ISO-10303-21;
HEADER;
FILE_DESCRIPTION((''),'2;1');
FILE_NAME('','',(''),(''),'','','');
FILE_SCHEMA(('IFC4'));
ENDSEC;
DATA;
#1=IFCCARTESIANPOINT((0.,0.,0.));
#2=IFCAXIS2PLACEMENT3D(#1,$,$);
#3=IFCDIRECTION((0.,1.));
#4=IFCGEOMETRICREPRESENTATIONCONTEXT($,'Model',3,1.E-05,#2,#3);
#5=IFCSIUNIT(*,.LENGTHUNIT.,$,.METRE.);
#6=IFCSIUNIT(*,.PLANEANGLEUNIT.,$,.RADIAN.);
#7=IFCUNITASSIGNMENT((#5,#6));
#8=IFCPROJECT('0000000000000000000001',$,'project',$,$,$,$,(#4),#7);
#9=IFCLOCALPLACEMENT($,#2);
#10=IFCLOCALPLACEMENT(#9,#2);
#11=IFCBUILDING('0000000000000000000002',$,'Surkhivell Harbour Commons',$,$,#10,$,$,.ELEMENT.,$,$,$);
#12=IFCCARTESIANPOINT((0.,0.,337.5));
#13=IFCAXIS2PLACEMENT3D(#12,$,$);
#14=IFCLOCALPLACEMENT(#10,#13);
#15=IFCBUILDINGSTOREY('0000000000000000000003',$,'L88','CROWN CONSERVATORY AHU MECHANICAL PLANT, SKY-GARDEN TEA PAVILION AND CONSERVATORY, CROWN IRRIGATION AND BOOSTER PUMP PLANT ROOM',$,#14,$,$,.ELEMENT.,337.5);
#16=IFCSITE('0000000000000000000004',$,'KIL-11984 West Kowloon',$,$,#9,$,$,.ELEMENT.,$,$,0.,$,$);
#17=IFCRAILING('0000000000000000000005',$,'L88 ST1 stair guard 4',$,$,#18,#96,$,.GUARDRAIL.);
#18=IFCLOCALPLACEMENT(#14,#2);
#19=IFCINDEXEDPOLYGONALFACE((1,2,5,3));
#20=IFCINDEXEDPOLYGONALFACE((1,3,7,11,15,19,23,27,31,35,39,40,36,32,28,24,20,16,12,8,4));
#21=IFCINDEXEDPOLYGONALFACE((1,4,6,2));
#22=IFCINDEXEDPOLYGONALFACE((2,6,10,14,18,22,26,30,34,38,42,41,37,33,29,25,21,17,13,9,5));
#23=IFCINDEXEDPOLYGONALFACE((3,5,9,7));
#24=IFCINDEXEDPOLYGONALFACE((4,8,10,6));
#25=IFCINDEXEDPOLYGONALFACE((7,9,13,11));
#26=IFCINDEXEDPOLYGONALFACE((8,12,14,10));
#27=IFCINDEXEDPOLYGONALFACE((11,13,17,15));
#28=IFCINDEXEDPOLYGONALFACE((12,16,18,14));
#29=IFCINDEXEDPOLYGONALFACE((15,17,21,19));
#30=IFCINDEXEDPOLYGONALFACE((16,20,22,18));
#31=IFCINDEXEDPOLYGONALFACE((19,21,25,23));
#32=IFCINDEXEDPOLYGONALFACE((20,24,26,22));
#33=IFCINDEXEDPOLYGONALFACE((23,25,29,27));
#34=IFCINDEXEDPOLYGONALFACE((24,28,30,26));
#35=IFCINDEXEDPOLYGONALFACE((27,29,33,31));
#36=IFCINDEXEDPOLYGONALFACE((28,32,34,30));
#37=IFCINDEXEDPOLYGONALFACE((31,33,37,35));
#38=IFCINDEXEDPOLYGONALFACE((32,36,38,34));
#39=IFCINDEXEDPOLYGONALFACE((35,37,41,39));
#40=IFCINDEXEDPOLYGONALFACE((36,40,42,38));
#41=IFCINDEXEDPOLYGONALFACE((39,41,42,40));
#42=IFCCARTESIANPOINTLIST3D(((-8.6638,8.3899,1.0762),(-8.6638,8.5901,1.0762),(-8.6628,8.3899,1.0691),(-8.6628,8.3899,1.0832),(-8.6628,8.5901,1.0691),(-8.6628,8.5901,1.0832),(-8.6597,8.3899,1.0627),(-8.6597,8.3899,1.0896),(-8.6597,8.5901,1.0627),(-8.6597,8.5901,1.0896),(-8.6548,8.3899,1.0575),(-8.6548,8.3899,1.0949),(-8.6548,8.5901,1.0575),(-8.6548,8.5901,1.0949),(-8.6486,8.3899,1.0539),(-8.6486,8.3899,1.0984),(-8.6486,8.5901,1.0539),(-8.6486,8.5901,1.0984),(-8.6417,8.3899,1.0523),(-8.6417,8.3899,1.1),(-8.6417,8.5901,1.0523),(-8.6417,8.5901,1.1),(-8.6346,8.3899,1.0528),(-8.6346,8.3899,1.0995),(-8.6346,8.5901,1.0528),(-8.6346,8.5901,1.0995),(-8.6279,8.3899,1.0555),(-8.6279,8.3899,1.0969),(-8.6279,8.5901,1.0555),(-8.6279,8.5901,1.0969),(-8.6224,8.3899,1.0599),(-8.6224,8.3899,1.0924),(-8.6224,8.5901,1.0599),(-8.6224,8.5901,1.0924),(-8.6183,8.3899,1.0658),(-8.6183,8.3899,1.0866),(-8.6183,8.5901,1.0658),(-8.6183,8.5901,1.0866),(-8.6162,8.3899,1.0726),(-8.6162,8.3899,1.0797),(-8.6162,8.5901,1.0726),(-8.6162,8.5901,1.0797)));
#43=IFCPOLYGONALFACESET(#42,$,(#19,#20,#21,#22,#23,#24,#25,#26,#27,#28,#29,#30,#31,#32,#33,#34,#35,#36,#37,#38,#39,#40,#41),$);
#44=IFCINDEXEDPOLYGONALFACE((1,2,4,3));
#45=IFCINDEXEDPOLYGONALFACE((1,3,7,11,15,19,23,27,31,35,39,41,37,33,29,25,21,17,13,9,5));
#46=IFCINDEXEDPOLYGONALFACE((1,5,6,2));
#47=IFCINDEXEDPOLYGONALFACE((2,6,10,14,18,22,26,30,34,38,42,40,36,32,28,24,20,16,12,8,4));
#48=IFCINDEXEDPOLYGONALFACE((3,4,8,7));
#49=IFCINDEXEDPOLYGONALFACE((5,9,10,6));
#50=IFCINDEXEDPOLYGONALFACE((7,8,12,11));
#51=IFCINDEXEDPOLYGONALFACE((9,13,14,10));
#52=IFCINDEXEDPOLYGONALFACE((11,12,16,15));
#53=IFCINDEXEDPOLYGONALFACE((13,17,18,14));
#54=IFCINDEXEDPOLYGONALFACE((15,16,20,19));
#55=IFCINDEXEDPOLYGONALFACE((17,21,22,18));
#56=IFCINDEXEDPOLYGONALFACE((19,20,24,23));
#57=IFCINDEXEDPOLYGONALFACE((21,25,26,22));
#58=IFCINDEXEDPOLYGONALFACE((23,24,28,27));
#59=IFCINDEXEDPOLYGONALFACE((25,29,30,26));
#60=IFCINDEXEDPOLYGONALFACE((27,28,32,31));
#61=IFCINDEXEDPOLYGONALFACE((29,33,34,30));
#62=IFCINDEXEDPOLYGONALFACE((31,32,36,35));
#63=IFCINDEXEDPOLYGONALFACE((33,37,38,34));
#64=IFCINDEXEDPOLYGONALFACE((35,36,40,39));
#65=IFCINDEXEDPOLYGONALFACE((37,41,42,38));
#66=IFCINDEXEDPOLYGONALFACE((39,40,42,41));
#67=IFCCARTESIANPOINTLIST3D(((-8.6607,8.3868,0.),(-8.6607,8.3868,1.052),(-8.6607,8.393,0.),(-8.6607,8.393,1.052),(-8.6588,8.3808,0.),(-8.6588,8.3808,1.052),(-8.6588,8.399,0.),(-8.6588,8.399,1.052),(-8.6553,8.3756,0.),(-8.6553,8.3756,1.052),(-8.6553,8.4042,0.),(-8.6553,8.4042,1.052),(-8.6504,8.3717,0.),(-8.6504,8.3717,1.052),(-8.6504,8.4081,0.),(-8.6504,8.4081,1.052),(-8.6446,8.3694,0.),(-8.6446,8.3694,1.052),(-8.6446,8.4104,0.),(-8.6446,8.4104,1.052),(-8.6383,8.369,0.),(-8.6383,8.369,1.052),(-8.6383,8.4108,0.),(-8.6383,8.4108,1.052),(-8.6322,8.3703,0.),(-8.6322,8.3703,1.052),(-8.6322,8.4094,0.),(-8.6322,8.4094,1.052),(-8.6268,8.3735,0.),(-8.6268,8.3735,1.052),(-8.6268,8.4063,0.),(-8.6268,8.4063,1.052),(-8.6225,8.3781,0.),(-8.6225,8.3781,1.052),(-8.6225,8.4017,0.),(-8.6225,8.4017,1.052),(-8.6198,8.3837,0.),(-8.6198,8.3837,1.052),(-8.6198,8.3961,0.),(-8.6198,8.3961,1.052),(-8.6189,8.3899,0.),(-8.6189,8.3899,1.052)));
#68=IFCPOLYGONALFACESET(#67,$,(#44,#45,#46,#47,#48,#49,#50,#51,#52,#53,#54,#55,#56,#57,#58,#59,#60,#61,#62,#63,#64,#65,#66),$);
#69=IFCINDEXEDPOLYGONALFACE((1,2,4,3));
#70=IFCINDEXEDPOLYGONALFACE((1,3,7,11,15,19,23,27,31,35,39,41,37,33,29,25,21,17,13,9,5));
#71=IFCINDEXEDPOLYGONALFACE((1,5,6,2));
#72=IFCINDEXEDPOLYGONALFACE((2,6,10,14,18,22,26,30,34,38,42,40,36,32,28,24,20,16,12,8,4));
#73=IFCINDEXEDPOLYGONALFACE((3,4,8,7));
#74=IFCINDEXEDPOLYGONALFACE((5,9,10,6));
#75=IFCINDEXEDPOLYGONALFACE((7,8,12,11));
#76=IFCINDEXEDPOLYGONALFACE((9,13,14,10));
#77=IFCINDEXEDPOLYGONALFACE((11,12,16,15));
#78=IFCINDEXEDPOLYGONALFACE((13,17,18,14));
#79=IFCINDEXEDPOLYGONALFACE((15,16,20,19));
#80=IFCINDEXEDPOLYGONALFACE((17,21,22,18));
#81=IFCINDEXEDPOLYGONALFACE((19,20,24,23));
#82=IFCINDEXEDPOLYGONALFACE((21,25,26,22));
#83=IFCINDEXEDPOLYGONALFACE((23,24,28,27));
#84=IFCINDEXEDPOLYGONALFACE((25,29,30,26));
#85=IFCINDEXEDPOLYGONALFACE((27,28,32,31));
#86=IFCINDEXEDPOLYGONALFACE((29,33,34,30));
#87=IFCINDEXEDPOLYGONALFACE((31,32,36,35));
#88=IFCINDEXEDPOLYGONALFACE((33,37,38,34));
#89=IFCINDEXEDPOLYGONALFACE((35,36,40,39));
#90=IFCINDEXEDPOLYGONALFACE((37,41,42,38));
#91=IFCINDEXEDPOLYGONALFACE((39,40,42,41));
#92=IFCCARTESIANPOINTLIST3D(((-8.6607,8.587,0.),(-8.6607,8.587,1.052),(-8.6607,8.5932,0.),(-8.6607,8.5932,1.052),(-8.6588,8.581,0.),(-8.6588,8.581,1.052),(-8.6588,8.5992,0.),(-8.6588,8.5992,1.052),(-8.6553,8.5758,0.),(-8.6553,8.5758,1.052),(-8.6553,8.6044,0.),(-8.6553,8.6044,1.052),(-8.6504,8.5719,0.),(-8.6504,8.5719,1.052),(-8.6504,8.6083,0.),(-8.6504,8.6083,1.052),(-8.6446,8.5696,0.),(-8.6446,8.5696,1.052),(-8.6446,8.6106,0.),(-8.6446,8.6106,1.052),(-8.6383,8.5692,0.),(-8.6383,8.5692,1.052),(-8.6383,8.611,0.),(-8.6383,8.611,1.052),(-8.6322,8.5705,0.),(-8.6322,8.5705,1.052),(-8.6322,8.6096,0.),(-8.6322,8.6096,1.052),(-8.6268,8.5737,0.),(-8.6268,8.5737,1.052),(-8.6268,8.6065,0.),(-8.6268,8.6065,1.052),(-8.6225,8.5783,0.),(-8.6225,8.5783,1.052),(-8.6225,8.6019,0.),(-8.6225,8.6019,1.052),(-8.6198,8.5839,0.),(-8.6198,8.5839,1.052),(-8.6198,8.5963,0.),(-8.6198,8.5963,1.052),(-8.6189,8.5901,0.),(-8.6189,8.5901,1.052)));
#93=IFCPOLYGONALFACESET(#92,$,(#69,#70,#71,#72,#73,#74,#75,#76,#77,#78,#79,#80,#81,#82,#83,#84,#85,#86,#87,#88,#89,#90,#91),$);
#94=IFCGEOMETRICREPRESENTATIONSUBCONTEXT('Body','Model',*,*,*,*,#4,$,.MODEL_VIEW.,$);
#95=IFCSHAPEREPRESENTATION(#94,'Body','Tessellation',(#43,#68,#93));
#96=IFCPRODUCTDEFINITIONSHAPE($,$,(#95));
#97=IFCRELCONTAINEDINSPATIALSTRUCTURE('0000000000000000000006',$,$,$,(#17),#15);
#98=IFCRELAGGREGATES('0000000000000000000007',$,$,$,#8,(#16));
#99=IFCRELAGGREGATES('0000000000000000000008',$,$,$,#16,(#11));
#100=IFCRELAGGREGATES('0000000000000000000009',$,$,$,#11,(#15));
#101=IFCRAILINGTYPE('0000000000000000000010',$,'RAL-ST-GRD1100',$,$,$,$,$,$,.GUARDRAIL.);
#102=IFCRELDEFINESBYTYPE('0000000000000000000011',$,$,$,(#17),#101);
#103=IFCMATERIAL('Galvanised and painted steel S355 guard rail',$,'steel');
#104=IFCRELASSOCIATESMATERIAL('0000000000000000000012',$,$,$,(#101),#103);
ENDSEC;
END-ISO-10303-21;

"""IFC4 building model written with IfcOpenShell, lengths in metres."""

from ifc_helpers import new_model, si_unit, direction, frame, origin, origin_2d, place, context, subcontext, project, spatial, circle, extrude, material, type_object, element, save


model = new_model("IFC4")

# Units and contexts
model_context = context("Model", 3, precision=1e-05, world=origin(), true_north=direction((0.0, 1.0)))
body_context = subcontext(model_context, "Body", "Model", "MODEL_VIEW")
ifc_project = project(units=[si_unit("LENGTHUNIT", "METRE"), si_unit("PLANEANGLEUNIT", "RADIAN")], contexts=[model_context])

# Site, building, storey
site_placement = place(None, origin())
site = spatial("IfcSite", under=ifc_project, at=site_placement, Name="KIL-11984 West Kowloon", CompositionType="ELEMENT", RefElevation=0.0)
building_placement = place(site_placement, origin())
building = spatial("IfcBuilding", under=site, at=building_placement, Name="Surkhivell Harbour Commons", CompositionType="ELEMENT")
storey_placement = place(building_placement, frame((0.0, 0.0, 337.5)))
storey = spatial("IfcBuildingStorey", under=building, at=storey_placement, Name="L88", Description="CROWN CONSERVATORY AHU MECHANICAL PLANT, SKY-GARDEN TEA PAVILION AND CONSERVATORY, CROWN IRRIGATION AND BOOSTER PUMP PLANT ROOM", CompositionType="ELEMENT", Elevation=337.5)

# Railing
ifc_material_1 = material(Name="Galvanised and painted steel S355 guard rail", Category="steel")
railing_type_1 = type_object("IfcRailingType", Name="RAL-ST-GRD1100", PredefinedType="GUARDRAIL", material=ifc_material_1)
railing_1_placement = place(storey_placement, frame((-8.6399, 8.3899, 0.0)))
element("IfcRailing", 1, at=railing_1_placement, inside=storey, type_object=railing_type_1, Name="L88 ST1 stair guard 4", PredefinedType="GUARDRAIL", context=body_context, shape_type="SweptSolid", body=[
    extrude(circle(Radius=0.0239, at=origin_2d()), frame((0.0, 0.0, 1.0762), z_axis=(0.0, 1.0, 0.0), x_axis=(-1.0, 0.0, 0.0)), (0.0, 0.0, 1.0), 0.2002),
    extrude(circle(Radius=0.021, at=origin_2d()), origin(), (0.0, 0.0, 1.0), 1.052),
    extrude(circle(Radius=0.021, at=origin_2d()), frame((0.0, 0.2002, 0.0)), (0.0, 0.0, 1.0), 1.052),
])

save(model, "model.ifc")
